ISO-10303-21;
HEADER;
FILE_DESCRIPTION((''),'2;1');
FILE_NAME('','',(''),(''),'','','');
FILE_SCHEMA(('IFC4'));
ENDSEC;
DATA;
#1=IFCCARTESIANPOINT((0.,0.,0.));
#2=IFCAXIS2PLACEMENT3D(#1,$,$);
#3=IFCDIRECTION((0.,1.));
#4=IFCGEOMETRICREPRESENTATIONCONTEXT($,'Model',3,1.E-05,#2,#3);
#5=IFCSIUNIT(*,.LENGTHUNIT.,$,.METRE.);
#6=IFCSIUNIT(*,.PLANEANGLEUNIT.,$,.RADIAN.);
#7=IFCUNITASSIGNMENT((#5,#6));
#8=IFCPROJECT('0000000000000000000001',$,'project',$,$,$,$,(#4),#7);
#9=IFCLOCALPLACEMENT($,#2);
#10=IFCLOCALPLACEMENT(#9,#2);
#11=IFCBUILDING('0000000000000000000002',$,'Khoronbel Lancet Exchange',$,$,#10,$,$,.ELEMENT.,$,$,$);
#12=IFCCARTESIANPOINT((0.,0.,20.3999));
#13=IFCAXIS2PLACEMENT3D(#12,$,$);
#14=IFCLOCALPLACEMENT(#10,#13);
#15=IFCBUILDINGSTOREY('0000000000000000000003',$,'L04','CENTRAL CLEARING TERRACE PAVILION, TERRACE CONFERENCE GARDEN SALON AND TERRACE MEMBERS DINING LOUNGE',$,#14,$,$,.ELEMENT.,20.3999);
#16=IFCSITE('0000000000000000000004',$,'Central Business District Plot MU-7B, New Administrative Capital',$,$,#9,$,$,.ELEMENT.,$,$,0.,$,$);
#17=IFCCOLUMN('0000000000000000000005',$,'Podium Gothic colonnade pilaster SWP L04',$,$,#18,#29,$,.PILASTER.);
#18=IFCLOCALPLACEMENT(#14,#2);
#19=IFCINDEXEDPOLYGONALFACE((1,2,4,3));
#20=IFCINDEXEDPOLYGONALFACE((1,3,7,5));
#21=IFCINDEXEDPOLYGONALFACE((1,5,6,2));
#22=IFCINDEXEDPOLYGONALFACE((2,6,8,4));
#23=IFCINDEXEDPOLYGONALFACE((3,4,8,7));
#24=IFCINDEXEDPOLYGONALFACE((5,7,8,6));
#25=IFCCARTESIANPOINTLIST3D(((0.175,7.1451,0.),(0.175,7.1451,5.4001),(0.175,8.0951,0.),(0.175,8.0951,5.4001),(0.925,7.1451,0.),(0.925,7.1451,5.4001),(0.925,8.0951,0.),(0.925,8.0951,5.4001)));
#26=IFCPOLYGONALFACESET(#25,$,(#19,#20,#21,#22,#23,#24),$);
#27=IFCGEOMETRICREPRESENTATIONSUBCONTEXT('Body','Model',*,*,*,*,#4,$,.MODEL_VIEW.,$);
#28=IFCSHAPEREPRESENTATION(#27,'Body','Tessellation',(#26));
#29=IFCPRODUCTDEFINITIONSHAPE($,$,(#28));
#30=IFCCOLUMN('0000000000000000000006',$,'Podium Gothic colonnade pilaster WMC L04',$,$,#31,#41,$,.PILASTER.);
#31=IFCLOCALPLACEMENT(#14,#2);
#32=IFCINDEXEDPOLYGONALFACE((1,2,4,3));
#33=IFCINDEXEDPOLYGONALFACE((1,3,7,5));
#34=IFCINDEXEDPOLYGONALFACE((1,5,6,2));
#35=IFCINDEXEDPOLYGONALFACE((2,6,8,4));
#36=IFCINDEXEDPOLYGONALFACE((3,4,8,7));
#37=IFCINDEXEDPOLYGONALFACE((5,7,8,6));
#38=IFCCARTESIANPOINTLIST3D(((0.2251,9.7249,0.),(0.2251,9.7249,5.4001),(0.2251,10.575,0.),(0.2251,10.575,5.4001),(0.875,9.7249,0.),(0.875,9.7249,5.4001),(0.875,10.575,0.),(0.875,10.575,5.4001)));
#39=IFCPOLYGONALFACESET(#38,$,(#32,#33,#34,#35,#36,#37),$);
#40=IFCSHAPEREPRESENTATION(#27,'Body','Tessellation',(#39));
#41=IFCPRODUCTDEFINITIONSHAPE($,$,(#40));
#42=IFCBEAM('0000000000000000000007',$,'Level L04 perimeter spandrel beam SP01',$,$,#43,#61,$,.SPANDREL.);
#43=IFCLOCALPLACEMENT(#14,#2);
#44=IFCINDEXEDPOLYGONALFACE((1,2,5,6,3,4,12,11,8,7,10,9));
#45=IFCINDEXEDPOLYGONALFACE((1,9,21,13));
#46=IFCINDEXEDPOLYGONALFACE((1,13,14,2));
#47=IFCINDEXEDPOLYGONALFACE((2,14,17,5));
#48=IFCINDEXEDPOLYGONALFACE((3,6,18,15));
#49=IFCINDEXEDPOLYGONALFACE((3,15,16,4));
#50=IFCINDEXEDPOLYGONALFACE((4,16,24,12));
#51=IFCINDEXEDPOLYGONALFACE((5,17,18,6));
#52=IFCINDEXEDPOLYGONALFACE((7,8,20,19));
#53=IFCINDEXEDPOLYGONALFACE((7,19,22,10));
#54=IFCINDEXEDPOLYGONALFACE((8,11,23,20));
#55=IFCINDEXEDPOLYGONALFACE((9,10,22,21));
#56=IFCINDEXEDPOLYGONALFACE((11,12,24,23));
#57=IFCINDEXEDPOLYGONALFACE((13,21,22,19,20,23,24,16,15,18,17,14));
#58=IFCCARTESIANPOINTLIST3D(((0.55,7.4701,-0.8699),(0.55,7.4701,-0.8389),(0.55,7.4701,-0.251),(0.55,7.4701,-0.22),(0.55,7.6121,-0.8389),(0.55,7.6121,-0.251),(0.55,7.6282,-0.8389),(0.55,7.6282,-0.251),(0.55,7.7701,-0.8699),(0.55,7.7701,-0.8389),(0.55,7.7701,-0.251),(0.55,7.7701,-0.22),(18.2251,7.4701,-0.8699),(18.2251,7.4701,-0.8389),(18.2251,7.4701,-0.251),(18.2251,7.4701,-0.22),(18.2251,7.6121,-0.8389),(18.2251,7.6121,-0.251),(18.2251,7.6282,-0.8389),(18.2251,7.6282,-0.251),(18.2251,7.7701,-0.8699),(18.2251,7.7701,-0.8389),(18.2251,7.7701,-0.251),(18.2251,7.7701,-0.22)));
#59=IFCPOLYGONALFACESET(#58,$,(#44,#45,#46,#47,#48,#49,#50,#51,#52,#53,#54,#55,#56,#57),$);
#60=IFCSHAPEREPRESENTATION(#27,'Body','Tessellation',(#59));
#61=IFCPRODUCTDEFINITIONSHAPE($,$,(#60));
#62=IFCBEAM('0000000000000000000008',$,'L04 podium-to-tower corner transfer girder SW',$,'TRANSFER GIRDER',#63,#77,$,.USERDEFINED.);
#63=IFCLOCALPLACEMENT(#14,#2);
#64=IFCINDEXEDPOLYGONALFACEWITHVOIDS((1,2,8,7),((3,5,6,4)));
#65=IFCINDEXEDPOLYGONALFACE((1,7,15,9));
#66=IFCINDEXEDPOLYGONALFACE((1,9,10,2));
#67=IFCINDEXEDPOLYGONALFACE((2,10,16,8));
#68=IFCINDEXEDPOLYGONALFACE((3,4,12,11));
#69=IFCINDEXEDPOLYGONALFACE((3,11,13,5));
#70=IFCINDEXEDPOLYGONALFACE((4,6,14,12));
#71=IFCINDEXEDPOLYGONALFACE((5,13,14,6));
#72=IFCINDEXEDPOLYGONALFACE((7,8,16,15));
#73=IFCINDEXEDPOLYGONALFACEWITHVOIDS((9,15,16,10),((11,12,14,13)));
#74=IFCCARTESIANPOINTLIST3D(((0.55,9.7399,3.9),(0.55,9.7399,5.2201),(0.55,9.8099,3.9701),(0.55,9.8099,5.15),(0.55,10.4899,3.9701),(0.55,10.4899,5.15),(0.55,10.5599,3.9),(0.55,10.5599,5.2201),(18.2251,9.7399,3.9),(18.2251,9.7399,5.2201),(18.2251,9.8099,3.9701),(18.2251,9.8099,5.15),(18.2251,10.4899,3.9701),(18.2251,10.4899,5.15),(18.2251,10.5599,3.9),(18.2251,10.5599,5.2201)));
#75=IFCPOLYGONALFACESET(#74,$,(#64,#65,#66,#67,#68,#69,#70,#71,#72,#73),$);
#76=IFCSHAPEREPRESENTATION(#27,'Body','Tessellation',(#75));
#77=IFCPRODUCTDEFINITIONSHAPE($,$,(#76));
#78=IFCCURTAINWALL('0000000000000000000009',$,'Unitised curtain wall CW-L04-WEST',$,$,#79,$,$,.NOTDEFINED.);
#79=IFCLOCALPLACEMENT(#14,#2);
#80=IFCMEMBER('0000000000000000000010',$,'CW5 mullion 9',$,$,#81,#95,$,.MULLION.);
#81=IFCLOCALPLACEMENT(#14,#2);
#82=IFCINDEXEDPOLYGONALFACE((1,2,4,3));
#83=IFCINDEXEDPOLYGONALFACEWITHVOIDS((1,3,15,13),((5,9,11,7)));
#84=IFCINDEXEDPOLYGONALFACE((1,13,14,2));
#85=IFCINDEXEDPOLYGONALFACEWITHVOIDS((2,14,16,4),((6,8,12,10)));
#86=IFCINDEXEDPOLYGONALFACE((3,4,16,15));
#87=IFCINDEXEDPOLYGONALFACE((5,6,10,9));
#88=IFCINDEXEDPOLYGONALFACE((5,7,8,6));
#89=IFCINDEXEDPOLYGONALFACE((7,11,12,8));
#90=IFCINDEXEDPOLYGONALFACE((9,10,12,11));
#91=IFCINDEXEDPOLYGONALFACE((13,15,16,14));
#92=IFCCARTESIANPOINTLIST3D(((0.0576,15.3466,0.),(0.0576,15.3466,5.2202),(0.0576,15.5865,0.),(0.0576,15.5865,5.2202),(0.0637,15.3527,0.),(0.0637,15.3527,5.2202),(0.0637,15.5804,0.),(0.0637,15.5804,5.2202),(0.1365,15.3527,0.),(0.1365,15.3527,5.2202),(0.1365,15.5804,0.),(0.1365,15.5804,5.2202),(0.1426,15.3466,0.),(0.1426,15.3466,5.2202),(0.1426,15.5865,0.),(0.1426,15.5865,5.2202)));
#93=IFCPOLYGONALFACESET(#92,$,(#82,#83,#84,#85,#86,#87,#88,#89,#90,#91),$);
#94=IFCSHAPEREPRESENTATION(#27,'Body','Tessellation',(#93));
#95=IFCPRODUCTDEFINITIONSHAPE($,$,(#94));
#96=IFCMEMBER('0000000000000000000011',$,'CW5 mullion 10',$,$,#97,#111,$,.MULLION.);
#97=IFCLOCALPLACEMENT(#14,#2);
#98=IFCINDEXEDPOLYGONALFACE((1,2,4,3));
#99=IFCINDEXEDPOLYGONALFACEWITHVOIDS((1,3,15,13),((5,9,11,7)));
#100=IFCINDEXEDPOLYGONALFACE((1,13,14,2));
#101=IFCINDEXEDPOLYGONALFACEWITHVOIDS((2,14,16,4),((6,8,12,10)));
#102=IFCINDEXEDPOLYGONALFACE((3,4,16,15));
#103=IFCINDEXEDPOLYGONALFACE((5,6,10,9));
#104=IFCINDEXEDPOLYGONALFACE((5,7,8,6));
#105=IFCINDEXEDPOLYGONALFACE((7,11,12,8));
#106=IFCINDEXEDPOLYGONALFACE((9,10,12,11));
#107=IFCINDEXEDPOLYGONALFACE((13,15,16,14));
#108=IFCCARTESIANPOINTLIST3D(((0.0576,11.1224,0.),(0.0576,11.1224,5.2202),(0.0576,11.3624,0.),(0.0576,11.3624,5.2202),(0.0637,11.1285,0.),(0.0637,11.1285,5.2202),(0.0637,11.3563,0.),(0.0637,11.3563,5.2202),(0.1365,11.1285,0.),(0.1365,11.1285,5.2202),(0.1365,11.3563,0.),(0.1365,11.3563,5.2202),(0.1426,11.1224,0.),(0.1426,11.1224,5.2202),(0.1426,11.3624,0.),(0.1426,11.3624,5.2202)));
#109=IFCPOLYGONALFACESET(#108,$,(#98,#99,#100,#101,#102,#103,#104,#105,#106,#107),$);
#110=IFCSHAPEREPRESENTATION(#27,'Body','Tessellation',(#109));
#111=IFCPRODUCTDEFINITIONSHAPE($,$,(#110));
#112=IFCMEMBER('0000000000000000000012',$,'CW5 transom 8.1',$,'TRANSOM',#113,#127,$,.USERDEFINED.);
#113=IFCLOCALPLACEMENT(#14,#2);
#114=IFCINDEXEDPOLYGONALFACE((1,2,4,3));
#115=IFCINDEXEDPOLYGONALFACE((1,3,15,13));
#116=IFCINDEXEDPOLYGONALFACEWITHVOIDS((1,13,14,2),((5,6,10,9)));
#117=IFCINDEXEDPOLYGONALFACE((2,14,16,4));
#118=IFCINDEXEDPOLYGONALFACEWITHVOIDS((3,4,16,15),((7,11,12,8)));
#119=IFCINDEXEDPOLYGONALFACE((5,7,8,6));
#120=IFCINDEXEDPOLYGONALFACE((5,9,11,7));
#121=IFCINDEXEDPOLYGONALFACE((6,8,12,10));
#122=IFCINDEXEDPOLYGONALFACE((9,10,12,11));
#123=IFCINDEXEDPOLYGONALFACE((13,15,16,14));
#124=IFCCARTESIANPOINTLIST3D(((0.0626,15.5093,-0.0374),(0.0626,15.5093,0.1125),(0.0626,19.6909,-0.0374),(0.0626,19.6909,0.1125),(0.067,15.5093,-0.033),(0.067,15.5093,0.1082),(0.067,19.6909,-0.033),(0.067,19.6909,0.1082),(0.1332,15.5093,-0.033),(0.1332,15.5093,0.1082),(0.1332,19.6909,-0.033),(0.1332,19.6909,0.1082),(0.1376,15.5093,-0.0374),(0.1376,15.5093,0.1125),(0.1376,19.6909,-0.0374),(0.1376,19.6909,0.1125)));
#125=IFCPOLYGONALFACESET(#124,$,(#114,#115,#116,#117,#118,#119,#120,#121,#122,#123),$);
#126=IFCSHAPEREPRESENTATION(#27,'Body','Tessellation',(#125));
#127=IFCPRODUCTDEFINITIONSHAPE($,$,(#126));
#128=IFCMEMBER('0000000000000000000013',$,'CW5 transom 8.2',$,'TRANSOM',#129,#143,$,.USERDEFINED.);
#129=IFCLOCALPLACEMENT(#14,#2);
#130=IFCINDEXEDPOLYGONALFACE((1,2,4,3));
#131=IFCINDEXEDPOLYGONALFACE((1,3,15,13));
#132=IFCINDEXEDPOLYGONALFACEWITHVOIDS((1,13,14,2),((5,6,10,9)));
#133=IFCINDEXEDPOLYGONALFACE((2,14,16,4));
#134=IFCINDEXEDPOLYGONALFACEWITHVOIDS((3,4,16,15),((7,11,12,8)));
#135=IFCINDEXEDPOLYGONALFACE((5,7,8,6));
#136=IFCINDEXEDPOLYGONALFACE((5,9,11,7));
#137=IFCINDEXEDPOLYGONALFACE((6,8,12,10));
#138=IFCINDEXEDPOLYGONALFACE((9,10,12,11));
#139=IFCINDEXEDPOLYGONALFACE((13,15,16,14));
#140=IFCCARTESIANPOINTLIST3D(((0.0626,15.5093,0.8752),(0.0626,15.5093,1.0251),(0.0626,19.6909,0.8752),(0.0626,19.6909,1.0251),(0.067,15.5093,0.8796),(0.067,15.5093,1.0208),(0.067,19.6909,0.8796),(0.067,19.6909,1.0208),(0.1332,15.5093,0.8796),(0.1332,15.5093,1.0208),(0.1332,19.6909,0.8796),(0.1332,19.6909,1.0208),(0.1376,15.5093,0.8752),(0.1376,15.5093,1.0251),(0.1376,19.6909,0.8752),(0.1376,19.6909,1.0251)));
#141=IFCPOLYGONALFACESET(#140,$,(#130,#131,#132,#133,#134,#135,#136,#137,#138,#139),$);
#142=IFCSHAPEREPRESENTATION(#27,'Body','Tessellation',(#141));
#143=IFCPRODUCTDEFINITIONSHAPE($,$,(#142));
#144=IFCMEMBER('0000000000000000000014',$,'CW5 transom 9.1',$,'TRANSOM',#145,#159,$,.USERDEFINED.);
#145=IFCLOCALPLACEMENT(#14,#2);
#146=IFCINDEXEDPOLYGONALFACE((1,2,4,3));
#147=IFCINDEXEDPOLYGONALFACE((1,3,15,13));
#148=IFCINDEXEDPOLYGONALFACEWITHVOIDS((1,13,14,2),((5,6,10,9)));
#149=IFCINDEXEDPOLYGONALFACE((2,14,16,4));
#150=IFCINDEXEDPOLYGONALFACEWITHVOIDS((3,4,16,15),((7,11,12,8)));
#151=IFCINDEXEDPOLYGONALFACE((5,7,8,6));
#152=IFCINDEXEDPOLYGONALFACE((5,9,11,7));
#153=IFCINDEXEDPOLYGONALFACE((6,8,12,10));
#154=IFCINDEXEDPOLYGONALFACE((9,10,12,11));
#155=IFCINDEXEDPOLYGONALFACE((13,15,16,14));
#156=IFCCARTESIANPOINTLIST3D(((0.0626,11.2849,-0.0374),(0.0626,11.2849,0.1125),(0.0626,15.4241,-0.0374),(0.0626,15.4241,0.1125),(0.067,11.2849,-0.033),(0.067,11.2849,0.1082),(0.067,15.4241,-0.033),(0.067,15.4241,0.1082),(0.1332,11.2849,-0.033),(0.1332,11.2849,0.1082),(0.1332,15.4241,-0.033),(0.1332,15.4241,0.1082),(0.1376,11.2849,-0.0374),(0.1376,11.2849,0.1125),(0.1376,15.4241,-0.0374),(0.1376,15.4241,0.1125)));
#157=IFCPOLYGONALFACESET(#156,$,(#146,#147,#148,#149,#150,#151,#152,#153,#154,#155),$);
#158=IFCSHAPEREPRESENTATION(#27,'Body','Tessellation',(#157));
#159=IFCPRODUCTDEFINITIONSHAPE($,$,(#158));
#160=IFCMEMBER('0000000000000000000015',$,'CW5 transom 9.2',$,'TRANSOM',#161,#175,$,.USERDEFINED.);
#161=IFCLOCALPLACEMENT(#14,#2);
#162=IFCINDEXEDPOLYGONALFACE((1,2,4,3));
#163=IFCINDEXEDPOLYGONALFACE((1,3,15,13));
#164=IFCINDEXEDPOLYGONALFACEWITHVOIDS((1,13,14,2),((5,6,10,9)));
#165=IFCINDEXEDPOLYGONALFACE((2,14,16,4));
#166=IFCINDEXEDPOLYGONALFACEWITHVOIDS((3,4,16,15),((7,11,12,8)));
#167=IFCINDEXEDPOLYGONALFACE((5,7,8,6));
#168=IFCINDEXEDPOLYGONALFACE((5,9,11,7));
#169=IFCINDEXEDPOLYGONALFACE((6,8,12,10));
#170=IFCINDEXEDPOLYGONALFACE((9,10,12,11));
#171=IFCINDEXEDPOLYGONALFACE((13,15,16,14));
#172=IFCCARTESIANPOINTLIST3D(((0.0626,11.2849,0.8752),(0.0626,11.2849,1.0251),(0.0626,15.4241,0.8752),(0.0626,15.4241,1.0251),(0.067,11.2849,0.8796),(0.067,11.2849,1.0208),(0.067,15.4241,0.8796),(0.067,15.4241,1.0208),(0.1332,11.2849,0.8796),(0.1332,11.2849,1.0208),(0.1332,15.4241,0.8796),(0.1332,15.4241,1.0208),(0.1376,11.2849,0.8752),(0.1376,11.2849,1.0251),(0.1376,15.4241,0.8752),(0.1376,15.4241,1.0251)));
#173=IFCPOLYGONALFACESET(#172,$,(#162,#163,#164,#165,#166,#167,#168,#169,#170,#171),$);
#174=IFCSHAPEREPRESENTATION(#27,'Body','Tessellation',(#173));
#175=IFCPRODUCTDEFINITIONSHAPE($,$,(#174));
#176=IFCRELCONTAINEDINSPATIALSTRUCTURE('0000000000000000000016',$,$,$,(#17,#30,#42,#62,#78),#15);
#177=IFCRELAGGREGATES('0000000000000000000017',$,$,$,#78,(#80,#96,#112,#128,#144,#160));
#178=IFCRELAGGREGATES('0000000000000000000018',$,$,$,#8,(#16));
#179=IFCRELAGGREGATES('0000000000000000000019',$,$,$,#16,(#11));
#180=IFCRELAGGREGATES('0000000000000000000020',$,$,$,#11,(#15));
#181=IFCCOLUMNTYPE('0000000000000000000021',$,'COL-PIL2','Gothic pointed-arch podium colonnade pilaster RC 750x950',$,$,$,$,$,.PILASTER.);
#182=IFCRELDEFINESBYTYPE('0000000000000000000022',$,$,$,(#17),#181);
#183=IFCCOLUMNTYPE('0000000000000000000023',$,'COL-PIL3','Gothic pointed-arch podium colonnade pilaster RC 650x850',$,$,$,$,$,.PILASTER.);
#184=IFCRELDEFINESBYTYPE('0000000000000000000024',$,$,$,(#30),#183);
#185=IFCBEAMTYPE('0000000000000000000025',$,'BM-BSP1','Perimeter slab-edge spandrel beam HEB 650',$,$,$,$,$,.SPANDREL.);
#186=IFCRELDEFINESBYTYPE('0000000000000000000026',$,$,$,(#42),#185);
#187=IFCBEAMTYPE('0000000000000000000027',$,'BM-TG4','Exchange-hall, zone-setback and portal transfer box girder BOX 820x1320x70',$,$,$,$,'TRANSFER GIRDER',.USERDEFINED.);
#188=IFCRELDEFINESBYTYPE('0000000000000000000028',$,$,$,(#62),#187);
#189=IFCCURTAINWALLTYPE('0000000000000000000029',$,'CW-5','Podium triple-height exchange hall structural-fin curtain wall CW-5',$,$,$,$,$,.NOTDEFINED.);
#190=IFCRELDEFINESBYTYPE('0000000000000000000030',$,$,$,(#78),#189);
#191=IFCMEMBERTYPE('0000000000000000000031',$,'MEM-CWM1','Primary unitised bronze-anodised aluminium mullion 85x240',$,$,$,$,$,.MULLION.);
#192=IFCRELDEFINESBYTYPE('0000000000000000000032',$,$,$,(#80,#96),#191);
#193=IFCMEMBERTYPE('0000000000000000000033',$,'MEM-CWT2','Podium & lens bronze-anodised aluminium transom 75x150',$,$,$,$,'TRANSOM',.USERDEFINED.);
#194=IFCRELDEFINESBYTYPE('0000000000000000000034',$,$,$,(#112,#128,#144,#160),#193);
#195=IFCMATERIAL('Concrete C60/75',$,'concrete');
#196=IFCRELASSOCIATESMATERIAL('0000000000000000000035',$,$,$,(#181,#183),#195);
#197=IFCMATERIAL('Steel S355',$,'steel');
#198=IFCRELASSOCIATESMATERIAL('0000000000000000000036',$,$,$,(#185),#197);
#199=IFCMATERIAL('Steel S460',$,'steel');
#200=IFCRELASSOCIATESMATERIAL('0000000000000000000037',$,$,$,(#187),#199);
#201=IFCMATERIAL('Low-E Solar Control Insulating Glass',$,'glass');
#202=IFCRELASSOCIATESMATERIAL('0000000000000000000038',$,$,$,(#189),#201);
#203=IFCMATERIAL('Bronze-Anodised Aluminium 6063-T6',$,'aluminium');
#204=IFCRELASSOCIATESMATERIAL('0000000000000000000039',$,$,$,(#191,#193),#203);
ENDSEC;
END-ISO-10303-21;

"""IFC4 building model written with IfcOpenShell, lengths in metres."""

from ifc_helpers import new_model, si_unit, direction, frame, origin, origin_2d, place, context, subcontext, project, spatial, rectangle, hollow_rectangle, i_section, extrude, material, material_profile, profile_set, type_object, element, aggregate, save


model = new_model("IFC4")

# Units and contexts
model_context = context("Model", 3, precision=1e-05, world=origin(), true_north=direction((0.0, 1.0)))
body_context = subcontext(model_context, "Body", "Model", "MODEL_VIEW")
ifc_project = project(units=[si_unit("LENGTHUNIT", "METRE"), si_unit("PLANEANGLEUNIT", "RADIAN")], contexts=[model_context])

# Site, building, storey
site_placement = place(None, origin())
site = spatial("IfcSite", under=ifc_project, at=site_placement, Name="Central Business District Plot MU-7B, New Administrative Capital", CompositionType="ELEMENT", RefElevation=0.0)
building_placement = place(site_placement, origin())
building = spatial("IfcBuilding", under=site, at=building_placement, Name="Khoronbel Lancet Exchange", CompositionType="ELEMENT")
storey_placement = place(building_placement, frame((0.0, 0.0, 20.3999)))
storey = spatial("IfcBuildingStorey", under=building, at=storey_placement, Name="L04", Description="CENTRAL CLEARING TERRACE PAVILION, TERRACE CONFERENCE GARDEN SALON AND TERRACE MEMBERS DINING LOUNGE", CompositionType="ELEMENT", Elevation=20.3999)

# Columns
ifc_material_1 = material(Name="Concrete C60/75", Category="concrete")
ifc_material_profile_1 = material_profile(ifc_material_1, rectangle(XDim=0.75, YDim=0.95, at=origin_2d()), Name="RC 750x950")
ifc_profile_set_1 = profile_set([ifc_material_profile_1], Name="Concrete C60/75")
column_type_1 = type_object("IfcColumnType", Name="COL-PIL2", Description="Gothic pointed-arch podium colonnade pilaster RC 750x950", PredefinedType="PILASTER", material=ifc_profile_set_1)
column_1_placement = place(storey_placement, frame((0.55, 7.6201, 0.0), z_axis=(0.0, 0.0, 1.0), x_axis=(1.0, 0.0, 0.0)))
element("IfcColumn", 1, at=column_1_placement, inside=storey, type_object=column_type_1, Name="Podium Gothic colonnade pilaster SWP L04", PredefinedType="PILASTER", context=body_context, shape_type="SweptSolid", body=[
    extrude(rectangle(XDim=0.75, YDim=0.95, at=origin_2d()), origin(), (0.0, 0.0, 1.0), 5.4001),
])
ifc_material_profile_2 = material_profile(ifc_material_1, rectangle(XDim=0.6499, YDim=0.8501, at=origin_2d()), Name="RC 650x850")
ifc_profile_set_2 = profile_set([ifc_material_profile_2], Name="Concrete C60/75")
column_type_2 = type_object("IfcColumnType", Name="COL-PIL3", Description="Gothic pointed-arch podium colonnade pilaster RC 650x850", PredefinedType="PILASTER", material=ifc_profile_set_2)
column_2_placement = place(storey_placement, frame((0.55, 10.1499, 0.0), z_axis=(0.0, 0.0, 1.0), x_axis=(1.0, 0.0, 0.0)))
element("IfcColumn", 2, at=column_2_placement, inside=storey, type_object=column_type_2, Name="Podium Gothic colonnade pilaster WMC L04", PredefinedType="PILASTER", context=body_context, shape_type="SweptSolid", body=[
    extrude(rectangle(XDim=0.6499, YDim=0.8501, at=origin_2d()), origin(), (0.0, 0.0, 1.0), 5.4001),
])

# Beams
ifc_material_2 = material(Name="Steel S355", Category="steel")
ifc_material_profile_3 = material_profile(ifc_material_2, i_section(OverallWidth=0.3, OverallDepth=0.6499, WebThickness=0.0161, FlangeThickness=0.031, at=origin_2d()), Name="HEB 650")
ifc_profile_set_3 = profile_set([ifc_material_profile_3], Name="Steel S355")
beam_type_1 = type_object("IfcBeamType", Name="BM-BSP1", Description="Perimeter slab-edge spandrel beam HEB 650", PredefinedType="SPANDREL", material=ifc_profile_set_3)
beam_1_placement = place(storey_placement, frame((0.55, 7.6201, -0.5449), z_axis=(1.0, 0.0, 0.0), x_axis=(0.0, 1.0, 0.0)))
element("IfcBeam", 3, at=beam_1_placement, inside=storey, type_object=beam_type_1, Name="Level L04 perimeter spandrel beam SP01", PredefinedType="SPANDREL", context=body_context, shape_type="SweptSolid", body=[
    extrude(i_section(OverallWidth=0.3, OverallDepth=0.6499, WebThickness=0.0161, FlangeThickness=0.031, at=origin_2d()), origin(), (0.0, 0.0, 1.0), 17.675),
])
ifc_material_3 = material(Name="Steel S460", Category="steel")
ifc_material_profile_4 = material_profile(ifc_material_3, hollow_rectangle(XDim=0.8201, YDim=1.3201, WallThickness=0.0701, at=origin_2d()), Name="BOX 820x1320x70")
ifc_profile_set_4 = profile_set([ifc_material_profile_4], Name="Steel S460")
beam_type_2 = type_object("IfcBeamType", Name="BM-TG4", Description="Exchange-hall, zone-setback and portal transfer box girder BOX 820x1320x70", ElementType="TRANSFER GIRDER", PredefinedType="USERDEFINED", material=ifc_profile_set_4)
beam_2_placement = place(storey_placement, frame((0.55, 10.1499, 4.5601), z_axis=(1.0, 0.0, 0.0), x_axis=(0.0, 1.0, 0.0)))
element("IfcBeam", 4, at=beam_2_placement, inside=storey, type_object=beam_type_2, Name="L04 podium-to-tower corner transfer girder SW", ObjectType="TRANSFER GIRDER", PredefinedType="USERDEFINED", context=body_context, shape_type="SweptSolid", body=[
    extrude(hollow_rectangle(XDim=0.8201, YDim=1.3201, WallThickness=0.0701, at=origin_2d()), origin(), (0.0, 0.0, 1.0), 17.675),
])

# Curtain wall, members
ifc_material_4 = material(Name="Low-E Solar Control Insulating Glass", Category="glass")
curtain_wall_type = type_object("IfcCurtainWallType", Name="CW-5", Description="Podium triple-height exchange hall structural-fin curtain wall CW-5", PredefinedType="NOTDEFINED", material=ifc_material_4)
curtain_wall_placement = place(storey_placement, origin())
curtain_wall = element("IfcCurtainWall", 5, at=curtain_wall_placement, inside=storey, type_object=curtain_wall_type, Name="Unitised curtain wall CW-L04-WEST", PredefinedType="NOTDEFINED")
ifc_material_5 = material(Name="Bronze-Anodised Aluminium 6063-T6", Category="aluminium")
ifc_material_profile_5 = material_profile(ifc_material_5, hollow_rectangle(XDim=0.085, YDim=0.24, WallThickness=0.0061, at=origin_2d()), Name="ALU MULLION 85x240")
ifc_profile_set_5 = profile_set([ifc_material_profile_5], Name="Bronze-Anodised Aluminium 6063-T6")
member_type_1 = type_object("IfcMemberType", Name="MEM-CWM1", Description="Primary unitised bronze-anodised aluminium mullion 85x240", PredefinedType="MULLION", material=ifc_profile_set_5)
member_1_placement = place(storey_placement, frame((0.1001, 15.4666, 0.0), z_axis=(0.0, 0.0, 1.0), x_axis=(1.0, 0.0, 0.0)))
member_1 = element("IfcMember", 6, at=member_1_placement, type_object=member_type_1, Name="CW5 mullion 9", PredefinedType="MULLION", context=body_context, shape_type="SweptSolid", body=[
    extrude(hollow_rectangle(XDim=0.085, YDim=0.24, WallThickness=0.0061, at=origin_2d()), origin(), (0.0, 0.0, 1.0), 5.2202),
])
member_2_placement = place(storey_placement, frame((0.1001, 11.2424, 0.0), z_axis=(0.0, 0.0, 1.0), x_axis=(1.0, 0.0, 0.0)))
member_2 = element("IfcMember", 7, at=member_2_placement, type_object=member_type_1, Name="CW5 mullion 10", PredefinedType="MULLION", context=body_context, shape_type="SweptSolid", body=[
    extrude(hollow_rectangle(XDim=0.085, YDim=0.24, WallThickness=0.0061, at=origin_2d()), origin(), (0.0, 0.0, 1.0), 5.2202),
])
ifc_material_profile_6 = material_profile(ifc_material_5, hollow_rectangle(XDim=0.075, YDim=0.1499, WallThickness=0.0044, at=origin_2d()), Name="ALU TRANSOM 75x150")
ifc_profile_set_6 = profile_set([ifc_material_profile_6], Name="Bronze-Anodised Aluminium 6063-T6")
member_type_2 = type_object("IfcMemberType", Name="MEM-CWT2", Description="Podium & lens bronze-anodised aluminium transom 75x150", ElementType="TRANSOM", PredefinedType="USERDEFINED", material=ifc_profile_set_6)
member_3_placement = place(storey_placement, frame((0.1001, 19.6909, 0.0376), z_axis=(0.0, -1.0, 0.0), x_axis=(1.0, 0.0, 0.0)))
member_3 = element("IfcMember", 8, at=member_3_placement, type_object=member_type_2, Name="CW5 transom 8.1", ObjectType="TRANSOM", PredefinedType="USERDEFINED", context=body_context, shape_type="SweptSolid", body=[
    extrude(hollow_rectangle(XDim=0.075, YDim=0.1499, WallThickness=0.0044, at=origin_2d()), origin(), (0.0, 0.0, 1.0), 4.1816),
])
member_4_placement = place(storey_placement, frame((0.1001, 19.6909, 0.9502), z_axis=(0.0, -1.0, 0.0), x_axis=(1.0, 0.0, 0.0)))
member_4 = element("IfcMember", 9, at=member_4_placement, type_object=member_type_2, Name="CW5 transom 8.2", ObjectType="TRANSOM", PredefinedType="USERDEFINED", context=body_context, shape_type="SweptSolid", body=[
    extrude(hollow_rectangle(XDim=0.075, YDim=0.1499, WallThickness=0.0044, at=origin_2d()), origin(), (0.0, 0.0, 1.0), 4.1816),
])
member_5_placement = place(storey_placement, frame((0.1001, 15.4241, 0.0376), z_axis=(0.0, -1.0, 0.0), x_axis=(1.0, 0.0, 0.0)))
member_5 = element("IfcMember", 10, at=member_5_placement, type_object=member_type_2, Name="CW5 transom 9.1", ObjectType="TRANSOM", PredefinedType="USERDEFINED", context=body_context, shape_type="SweptSolid", body=[
    extrude(hollow_rectangle(XDim=0.075, YDim=0.1499, WallThickness=0.0044, at=origin_2d()), origin(), (0.0, 0.0, 1.0), 4.1392),
])
member_6_placement = place(storey_placement, frame((0.1001, 15.4241, 0.9502), z_axis=(0.0, -1.0, 0.0), x_axis=(1.0, 0.0, 0.0)))
member_6 = element("IfcMember", 11, at=member_6_placement, type_object=member_type_2, Name="CW5 transom 9.2", ObjectType="TRANSOM", PredefinedType="USERDEFINED", context=body_context, shape_type="SweptSolid", body=[
    extrude(hollow_rectangle(XDim=0.075, YDim=0.1499, WallThickness=0.0044, at=origin_2d()), origin(), (0.0, 0.0, 1.0), 4.1392),
])
aggregate(curtain_wall, [member_1, member_2, member_3, member_4, member_5, member_6])

save(model, "model.ifc")
